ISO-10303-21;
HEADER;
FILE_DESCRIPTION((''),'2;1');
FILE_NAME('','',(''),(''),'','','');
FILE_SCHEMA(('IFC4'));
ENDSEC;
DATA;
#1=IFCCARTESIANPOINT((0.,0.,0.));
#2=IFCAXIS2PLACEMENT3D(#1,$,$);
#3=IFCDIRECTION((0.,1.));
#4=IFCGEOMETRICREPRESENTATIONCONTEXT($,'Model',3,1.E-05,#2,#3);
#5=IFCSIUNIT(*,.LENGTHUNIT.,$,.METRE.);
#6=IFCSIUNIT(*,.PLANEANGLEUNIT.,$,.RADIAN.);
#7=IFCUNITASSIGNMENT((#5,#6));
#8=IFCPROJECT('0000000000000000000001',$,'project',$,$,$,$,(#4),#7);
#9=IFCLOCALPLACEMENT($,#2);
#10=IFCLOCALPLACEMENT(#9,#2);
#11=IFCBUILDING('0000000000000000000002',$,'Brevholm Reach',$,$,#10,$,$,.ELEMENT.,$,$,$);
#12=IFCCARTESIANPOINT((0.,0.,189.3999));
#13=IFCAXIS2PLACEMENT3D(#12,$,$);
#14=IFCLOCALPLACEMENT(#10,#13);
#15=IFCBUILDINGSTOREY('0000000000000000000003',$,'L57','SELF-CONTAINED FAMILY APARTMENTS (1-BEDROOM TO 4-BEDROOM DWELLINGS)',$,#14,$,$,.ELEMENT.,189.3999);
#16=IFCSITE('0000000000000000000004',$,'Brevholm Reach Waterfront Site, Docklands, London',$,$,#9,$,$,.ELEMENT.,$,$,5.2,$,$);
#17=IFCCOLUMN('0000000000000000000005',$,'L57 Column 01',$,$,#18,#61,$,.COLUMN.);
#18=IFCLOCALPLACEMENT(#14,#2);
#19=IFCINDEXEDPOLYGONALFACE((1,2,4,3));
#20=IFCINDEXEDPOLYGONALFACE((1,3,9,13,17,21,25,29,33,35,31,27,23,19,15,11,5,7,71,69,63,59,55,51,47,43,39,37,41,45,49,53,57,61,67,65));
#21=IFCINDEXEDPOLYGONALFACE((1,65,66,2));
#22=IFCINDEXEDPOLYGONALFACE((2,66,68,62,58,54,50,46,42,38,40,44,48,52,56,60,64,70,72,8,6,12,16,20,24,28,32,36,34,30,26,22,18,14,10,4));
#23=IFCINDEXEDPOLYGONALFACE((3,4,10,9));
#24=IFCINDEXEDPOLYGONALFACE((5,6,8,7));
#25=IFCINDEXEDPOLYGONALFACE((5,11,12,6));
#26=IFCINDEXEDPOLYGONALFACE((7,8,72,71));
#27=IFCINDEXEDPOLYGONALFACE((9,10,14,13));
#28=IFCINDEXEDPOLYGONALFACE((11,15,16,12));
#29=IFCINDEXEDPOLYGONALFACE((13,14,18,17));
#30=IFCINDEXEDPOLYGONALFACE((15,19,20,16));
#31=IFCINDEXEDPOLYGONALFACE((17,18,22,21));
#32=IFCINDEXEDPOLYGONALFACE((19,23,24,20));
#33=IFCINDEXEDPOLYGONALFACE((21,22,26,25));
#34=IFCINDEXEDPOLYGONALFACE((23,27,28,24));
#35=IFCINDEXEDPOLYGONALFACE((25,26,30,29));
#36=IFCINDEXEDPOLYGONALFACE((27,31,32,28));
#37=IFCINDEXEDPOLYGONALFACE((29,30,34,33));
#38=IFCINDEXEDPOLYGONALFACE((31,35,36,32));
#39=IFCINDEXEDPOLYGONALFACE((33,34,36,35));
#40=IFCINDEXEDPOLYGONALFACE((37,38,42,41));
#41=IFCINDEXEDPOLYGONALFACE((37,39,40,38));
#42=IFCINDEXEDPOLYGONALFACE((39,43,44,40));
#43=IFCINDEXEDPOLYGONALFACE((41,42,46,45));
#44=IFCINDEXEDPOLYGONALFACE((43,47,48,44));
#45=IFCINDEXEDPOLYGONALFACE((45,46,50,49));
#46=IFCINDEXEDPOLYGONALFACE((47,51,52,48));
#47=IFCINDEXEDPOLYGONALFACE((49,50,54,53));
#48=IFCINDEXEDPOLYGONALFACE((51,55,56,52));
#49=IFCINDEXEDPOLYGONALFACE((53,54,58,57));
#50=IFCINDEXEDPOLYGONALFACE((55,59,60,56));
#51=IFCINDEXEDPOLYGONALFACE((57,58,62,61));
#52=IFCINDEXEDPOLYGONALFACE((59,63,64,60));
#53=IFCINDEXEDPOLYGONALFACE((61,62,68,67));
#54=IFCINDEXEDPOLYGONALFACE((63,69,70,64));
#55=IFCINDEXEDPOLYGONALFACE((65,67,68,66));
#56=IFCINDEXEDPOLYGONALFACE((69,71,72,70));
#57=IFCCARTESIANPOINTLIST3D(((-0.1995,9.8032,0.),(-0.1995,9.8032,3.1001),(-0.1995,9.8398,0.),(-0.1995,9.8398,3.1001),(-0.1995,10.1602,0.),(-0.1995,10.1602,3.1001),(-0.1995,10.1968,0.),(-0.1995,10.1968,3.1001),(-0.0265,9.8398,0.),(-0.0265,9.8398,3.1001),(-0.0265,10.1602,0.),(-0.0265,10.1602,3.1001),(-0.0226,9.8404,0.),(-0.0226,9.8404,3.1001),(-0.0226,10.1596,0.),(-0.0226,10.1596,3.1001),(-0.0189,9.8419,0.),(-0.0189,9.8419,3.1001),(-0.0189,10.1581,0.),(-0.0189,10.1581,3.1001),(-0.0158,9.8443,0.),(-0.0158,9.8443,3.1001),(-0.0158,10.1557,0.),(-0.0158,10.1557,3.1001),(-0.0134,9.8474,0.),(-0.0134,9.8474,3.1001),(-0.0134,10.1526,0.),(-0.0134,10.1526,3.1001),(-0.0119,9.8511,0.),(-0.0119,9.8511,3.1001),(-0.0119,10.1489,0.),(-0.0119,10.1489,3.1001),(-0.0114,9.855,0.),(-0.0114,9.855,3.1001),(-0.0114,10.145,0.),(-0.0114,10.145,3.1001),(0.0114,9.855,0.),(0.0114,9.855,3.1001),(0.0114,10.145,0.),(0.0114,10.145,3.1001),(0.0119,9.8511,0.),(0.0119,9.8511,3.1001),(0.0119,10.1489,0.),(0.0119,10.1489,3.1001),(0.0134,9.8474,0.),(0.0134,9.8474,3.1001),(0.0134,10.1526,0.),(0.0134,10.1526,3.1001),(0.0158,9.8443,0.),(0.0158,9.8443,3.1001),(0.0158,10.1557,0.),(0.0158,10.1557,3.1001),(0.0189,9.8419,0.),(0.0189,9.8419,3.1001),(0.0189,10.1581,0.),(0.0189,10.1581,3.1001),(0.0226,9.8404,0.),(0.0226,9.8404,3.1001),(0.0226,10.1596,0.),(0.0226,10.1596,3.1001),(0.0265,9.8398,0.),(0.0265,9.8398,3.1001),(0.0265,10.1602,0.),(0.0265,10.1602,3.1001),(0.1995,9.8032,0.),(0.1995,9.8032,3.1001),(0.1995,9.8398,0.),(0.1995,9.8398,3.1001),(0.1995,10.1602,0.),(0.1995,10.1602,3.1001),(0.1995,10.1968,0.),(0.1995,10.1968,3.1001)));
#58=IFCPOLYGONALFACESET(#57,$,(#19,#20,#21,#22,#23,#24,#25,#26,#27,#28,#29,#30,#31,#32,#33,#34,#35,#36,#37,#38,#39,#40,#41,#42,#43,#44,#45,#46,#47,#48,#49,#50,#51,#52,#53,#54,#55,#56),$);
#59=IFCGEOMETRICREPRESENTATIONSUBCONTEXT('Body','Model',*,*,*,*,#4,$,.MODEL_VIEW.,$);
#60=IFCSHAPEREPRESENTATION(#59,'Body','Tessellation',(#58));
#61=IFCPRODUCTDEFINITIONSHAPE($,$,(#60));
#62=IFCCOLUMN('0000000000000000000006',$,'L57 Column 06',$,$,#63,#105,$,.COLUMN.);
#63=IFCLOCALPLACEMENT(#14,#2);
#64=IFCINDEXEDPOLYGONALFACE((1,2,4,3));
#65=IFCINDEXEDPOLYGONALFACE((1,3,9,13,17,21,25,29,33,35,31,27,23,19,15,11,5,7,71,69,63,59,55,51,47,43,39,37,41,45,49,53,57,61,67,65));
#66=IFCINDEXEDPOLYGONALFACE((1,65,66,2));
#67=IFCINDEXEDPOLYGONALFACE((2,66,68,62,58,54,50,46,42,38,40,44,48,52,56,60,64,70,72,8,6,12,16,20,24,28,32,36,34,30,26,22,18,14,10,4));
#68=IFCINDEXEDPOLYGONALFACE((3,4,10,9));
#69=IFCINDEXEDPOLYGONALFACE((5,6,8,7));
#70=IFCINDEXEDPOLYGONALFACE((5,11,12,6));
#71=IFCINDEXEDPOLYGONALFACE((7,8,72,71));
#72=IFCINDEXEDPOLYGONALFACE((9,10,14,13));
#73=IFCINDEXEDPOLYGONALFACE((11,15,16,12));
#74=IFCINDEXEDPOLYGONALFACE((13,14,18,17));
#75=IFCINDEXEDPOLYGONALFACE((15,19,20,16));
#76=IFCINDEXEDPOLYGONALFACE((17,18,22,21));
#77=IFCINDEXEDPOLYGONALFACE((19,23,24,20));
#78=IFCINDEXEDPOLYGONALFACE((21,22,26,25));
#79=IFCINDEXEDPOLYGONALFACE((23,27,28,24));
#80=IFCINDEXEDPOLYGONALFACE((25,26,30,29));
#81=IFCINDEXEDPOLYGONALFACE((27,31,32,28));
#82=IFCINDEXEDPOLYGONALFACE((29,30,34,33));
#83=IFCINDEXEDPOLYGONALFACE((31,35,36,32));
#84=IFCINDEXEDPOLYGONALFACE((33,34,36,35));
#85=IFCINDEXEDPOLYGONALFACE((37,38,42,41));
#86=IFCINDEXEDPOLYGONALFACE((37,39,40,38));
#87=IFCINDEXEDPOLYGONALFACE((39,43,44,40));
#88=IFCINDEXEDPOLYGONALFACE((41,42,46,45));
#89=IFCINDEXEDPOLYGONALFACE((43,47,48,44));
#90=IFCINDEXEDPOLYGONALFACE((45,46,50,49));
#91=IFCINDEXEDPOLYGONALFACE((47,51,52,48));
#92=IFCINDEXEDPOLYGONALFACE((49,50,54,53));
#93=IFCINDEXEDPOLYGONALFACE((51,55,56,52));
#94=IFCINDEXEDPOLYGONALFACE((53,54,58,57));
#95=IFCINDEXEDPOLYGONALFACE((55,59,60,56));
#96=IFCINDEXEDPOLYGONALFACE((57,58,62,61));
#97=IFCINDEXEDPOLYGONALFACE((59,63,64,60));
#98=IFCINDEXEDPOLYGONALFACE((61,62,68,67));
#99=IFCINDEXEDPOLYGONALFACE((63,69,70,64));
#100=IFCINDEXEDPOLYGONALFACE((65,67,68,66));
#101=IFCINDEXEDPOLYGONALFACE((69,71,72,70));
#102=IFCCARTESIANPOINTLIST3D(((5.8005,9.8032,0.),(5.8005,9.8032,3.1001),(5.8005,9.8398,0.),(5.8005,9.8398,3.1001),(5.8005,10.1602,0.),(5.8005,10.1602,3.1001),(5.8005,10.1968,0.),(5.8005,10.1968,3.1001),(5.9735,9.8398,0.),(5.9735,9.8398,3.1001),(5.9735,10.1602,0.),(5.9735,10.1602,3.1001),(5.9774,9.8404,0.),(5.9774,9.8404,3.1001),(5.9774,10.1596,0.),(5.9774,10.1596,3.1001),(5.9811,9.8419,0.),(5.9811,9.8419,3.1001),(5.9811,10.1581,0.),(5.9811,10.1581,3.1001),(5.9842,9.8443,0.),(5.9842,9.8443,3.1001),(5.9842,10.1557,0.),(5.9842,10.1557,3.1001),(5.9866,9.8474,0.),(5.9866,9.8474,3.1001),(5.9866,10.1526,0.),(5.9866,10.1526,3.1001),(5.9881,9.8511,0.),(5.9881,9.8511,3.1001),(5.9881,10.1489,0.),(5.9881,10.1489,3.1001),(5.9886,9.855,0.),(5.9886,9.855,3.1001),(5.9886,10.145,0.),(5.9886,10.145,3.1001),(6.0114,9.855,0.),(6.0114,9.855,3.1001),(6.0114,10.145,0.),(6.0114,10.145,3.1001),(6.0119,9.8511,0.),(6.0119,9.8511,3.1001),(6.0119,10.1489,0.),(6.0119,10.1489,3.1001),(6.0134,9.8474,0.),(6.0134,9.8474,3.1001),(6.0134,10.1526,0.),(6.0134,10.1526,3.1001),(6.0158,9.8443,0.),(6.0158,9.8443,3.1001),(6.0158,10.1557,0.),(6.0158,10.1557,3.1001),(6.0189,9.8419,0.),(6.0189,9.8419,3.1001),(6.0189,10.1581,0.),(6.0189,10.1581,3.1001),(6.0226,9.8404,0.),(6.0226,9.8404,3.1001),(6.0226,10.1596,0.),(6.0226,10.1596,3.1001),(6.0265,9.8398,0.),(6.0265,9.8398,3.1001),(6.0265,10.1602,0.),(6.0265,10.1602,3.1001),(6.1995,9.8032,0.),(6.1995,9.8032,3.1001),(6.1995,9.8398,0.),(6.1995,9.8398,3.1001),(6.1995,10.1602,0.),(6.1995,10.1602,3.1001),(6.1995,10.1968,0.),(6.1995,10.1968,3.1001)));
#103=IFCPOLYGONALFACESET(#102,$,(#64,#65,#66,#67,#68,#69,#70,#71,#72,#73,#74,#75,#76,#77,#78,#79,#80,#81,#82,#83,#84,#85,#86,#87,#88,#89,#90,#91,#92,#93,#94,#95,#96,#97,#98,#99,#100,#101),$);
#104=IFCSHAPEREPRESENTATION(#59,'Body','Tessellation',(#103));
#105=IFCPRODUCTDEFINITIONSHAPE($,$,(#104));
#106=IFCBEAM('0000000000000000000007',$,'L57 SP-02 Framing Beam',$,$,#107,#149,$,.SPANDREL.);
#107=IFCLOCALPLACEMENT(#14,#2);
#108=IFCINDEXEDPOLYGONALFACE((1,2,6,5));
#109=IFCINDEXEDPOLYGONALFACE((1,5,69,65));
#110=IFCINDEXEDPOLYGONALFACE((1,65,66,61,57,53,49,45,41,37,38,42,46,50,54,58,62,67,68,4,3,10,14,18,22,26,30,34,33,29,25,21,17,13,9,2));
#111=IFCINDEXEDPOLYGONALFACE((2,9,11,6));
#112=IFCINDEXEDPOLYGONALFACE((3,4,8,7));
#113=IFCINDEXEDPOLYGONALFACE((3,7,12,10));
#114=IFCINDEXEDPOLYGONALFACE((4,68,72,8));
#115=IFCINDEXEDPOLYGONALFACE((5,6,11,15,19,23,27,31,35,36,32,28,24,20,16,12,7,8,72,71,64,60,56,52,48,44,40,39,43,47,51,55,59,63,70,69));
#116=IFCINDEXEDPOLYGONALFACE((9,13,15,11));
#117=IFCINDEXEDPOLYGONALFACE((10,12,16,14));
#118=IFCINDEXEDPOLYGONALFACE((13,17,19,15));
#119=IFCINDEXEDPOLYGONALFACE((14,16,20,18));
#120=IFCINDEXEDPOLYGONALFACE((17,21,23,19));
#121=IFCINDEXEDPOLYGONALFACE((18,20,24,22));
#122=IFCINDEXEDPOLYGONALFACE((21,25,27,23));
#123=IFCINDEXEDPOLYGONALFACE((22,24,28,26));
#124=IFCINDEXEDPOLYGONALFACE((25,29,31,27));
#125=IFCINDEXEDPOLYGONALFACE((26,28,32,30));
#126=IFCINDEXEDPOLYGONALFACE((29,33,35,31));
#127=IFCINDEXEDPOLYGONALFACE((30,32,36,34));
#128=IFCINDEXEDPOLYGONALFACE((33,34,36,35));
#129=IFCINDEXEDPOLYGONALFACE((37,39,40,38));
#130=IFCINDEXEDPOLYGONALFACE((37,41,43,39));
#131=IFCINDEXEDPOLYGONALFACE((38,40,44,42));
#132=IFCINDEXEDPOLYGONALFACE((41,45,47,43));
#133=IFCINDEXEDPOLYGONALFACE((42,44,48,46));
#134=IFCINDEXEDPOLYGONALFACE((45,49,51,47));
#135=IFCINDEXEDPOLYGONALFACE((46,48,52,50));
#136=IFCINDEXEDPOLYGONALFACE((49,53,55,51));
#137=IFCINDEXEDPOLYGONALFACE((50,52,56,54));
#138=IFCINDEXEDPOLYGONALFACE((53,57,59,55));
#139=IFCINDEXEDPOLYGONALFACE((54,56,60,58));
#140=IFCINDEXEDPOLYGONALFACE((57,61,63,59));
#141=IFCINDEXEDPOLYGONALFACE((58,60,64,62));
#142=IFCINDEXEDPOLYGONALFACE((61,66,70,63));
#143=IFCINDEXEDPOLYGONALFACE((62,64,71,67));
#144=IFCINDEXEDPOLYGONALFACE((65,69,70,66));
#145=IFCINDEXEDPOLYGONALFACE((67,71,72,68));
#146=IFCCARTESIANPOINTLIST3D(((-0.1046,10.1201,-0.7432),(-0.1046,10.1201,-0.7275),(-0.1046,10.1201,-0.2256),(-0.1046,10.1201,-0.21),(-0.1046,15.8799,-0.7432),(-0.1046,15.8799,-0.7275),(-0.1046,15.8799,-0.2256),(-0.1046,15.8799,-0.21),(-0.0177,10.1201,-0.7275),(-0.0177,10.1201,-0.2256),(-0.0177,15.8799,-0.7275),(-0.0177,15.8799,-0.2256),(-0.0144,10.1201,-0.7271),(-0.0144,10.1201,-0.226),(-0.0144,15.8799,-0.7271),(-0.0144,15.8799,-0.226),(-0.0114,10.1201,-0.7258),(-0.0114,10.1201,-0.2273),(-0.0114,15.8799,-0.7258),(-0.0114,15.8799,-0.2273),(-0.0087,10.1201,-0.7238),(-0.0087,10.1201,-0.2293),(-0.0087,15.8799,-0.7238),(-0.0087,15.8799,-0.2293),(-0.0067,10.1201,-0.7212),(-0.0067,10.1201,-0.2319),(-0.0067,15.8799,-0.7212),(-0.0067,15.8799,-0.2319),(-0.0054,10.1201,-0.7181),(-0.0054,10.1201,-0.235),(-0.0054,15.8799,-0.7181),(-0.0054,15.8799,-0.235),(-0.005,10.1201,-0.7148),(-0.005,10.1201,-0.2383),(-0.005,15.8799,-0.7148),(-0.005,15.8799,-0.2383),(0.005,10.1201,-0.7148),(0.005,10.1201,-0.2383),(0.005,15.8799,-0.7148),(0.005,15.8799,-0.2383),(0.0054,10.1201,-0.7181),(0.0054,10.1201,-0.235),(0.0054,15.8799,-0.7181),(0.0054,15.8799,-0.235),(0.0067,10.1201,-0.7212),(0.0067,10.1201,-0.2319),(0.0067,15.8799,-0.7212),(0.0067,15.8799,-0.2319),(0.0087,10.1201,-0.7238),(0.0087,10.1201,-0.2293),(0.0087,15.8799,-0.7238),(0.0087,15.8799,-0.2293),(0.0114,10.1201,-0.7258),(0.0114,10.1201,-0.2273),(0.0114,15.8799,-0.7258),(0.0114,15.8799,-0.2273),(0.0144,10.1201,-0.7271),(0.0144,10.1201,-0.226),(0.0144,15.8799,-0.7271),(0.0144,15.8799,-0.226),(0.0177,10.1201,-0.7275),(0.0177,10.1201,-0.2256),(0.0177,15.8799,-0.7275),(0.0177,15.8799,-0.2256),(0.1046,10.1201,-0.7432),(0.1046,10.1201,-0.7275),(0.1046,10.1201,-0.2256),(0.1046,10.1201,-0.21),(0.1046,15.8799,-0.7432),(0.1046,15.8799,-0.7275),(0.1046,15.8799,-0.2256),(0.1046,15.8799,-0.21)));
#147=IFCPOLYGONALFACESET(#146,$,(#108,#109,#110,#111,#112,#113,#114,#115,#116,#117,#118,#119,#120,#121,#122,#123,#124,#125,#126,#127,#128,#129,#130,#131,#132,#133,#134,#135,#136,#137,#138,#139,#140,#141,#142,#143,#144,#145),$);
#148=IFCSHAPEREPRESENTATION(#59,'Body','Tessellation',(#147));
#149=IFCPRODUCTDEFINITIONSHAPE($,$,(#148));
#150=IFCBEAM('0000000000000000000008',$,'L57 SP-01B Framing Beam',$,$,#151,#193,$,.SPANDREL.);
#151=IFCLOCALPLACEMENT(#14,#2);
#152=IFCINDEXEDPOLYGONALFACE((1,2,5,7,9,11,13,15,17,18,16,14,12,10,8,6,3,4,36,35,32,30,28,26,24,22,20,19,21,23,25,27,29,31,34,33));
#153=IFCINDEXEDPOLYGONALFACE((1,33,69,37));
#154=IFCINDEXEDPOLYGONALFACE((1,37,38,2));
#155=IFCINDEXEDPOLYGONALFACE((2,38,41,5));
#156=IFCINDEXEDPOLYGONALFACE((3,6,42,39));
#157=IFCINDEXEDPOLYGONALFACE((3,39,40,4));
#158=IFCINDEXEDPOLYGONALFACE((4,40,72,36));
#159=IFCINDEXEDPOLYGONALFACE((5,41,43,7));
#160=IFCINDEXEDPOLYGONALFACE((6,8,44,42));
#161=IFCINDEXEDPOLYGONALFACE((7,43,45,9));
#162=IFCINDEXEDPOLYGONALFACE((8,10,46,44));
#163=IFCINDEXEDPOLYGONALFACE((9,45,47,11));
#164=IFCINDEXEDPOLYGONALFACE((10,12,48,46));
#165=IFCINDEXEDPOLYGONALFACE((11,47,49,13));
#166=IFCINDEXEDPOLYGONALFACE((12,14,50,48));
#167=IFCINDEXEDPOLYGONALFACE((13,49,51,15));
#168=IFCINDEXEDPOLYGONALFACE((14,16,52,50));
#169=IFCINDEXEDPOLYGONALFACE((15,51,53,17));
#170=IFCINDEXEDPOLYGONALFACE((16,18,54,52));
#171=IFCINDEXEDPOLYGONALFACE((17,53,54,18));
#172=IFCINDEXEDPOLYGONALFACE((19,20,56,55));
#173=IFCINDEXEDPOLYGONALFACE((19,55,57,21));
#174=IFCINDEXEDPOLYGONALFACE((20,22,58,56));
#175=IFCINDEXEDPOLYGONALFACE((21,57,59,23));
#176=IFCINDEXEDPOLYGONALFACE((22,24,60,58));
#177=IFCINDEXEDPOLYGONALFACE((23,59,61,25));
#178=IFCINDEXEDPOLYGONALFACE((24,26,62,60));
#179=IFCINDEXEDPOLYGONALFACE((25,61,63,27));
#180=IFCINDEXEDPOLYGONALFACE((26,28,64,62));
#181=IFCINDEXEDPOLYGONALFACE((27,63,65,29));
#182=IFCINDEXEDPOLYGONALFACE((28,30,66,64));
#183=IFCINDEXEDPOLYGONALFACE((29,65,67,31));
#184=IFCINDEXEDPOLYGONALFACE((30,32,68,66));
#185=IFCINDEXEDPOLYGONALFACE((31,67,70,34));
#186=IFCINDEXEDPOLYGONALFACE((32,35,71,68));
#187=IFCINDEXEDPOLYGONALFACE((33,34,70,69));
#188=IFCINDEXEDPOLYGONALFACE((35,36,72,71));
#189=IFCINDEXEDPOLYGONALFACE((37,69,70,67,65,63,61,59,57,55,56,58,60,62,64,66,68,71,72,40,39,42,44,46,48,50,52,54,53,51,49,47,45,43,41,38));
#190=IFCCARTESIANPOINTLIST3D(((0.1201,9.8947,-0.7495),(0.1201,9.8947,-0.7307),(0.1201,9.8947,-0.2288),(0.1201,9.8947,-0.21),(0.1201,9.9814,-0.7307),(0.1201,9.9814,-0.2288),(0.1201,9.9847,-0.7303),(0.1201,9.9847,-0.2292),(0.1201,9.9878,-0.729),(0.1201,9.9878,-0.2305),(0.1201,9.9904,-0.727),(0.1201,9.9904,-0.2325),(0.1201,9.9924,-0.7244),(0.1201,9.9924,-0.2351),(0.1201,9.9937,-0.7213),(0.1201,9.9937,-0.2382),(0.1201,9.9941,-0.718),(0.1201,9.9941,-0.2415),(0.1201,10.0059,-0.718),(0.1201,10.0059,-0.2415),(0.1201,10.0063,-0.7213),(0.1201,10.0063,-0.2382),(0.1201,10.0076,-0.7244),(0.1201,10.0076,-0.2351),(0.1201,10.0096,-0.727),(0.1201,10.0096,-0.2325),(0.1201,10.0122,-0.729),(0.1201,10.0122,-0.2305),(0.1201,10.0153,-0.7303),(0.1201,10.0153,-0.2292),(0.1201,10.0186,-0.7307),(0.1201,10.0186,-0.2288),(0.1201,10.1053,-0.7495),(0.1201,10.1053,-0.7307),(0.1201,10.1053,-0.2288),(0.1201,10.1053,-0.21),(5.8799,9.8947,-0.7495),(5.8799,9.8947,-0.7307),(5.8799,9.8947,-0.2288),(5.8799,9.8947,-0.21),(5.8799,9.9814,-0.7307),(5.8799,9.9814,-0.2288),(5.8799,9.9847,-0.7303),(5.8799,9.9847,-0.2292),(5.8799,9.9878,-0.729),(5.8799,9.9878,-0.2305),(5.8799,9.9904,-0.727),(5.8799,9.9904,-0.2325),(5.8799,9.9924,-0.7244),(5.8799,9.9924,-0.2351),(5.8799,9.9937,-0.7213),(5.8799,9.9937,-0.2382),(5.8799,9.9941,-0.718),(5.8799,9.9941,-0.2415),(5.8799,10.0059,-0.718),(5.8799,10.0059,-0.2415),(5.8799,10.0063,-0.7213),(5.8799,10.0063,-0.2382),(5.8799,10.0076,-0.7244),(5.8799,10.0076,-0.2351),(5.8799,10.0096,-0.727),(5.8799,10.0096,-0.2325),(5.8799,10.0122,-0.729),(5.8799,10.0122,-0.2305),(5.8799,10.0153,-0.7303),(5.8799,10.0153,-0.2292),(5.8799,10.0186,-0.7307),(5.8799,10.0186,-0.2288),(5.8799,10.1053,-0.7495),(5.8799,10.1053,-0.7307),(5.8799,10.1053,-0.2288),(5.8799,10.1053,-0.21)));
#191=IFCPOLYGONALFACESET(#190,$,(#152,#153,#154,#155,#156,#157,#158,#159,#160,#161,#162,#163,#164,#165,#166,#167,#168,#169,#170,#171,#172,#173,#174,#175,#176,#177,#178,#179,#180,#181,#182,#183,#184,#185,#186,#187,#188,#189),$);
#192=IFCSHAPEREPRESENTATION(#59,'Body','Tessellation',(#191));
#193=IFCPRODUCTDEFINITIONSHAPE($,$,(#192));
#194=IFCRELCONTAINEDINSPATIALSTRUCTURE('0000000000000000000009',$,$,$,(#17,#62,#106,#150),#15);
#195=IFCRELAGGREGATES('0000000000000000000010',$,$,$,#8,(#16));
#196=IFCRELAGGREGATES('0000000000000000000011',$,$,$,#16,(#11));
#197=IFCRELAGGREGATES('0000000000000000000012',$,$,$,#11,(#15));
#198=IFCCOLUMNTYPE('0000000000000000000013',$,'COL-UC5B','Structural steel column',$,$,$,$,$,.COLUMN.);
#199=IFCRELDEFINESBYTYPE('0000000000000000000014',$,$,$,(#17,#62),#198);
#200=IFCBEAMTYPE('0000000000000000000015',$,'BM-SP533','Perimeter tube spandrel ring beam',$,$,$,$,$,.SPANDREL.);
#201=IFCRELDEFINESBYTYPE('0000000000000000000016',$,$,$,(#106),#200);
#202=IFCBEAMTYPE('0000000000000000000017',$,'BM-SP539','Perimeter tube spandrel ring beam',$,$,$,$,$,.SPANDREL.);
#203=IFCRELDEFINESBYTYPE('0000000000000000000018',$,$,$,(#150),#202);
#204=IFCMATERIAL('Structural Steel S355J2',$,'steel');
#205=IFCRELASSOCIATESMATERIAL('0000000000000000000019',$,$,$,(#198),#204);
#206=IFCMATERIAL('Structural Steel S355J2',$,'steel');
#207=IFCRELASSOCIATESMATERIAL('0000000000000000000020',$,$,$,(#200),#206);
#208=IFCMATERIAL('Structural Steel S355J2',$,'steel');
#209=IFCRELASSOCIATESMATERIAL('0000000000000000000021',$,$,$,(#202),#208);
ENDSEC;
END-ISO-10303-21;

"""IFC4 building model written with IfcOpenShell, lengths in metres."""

from ifc_helpers import new_model, si_unit, direction, frame, origin, origin_2d, place, context, subcontext, project, spatial, i_section, extrude, material, material_profile, profile_set, type_object, element, save


model = new_model("IFC4")

# Units and contexts
model_context = context("Model", 3, precision=1e-05, world=origin(), true_north=direction((0.0, 1.0)))
body_context = subcontext(model_context, "Body", "Model", "MODEL_VIEW")
ifc_project = project(units=[si_unit("LENGTHUNIT", "METRE"), si_unit("PLANEANGLEUNIT", "RADIAN")], contexts=[model_context])

# Site, building, storey
site_placement = place(None, origin())
site = spatial("IfcSite", under=ifc_project, at=site_placement, Name="Brevholm Reach Waterfront Site, Docklands, London", CompositionType="ELEMENT", RefElevation=5.2)
building_placement = place(site_placement, origin())
building = spatial("IfcBuilding", under=site, at=building_placement, Name="Brevholm Reach", CompositionType="ELEMENT")
storey_placement = place(building_placement, frame((0.0, 0.0, 189.3999)))
storey = spatial("IfcBuildingStorey", under=building, at=storey_placement, Name="L57", Description="SELF-CONTAINED FAMILY APARTMENTS (1-BEDROOM TO 4-BEDROOM DWELLINGS)", CompositionType="ELEMENT", Elevation=189.3999)

# Columns
ifc_material_1 = material(Name="Structural Steel S355J2", Category="steel")
ifc_material_profile_1 = material_profile(ifc_material_1, i_section(OverallWidth=0.3989, OverallDepth=0.3936, WebThickness=0.0227, FlangeThickness=0.0366, FilletRadius=0.0151, at=origin_2d()), Name="UKC 356x406x287")
ifc_profile_set_1 = profile_set([ifc_material_profile_1], Name="Structural Steel S355J2")
column_type = type_object("IfcColumnType", Name="COL-UC5B", Description="Structural steel column", PredefinedType="COLUMN", material=ifc_profile_set_1)
for number, where, z_axis, x_axis, name in (
    (1, (0.0, 10.0, 0.0), (0.0, 0.0, 1.0), (1.0, 0.0, 0.0), "L57 Column 01"),
    (2, (6.0, 10.0, 0.0), (0.0, 0.0, 1.0), (1.0, 0.0, 0.0), "L57 Column 06"),
):
    element("IfcColumn", number, at=place(storey_placement, frame(where, z_axis=z_axis, x_axis=x_axis)), inside=storey, type_object=column_type, Name=name, PredefinedType="COLUMN", context=body_context, shape_type="SweptSolid", body=[
        extrude(i_section(OverallWidth=0.3989, OverallDepth=0.3936, WebThickness=0.0227, FlangeThickness=0.0366, FilletRadius=0.0151, at=origin_2d()), origin(), (0.0, 0.0, 1.0), 3.1001),
    ])

# Beams
ifc_material_2 = material(Name="Structural Steel S355J2", Category="steel")
ifc_material_profile_2 = material_profile(ifc_material_2, i_section(OverallWidth=0.2092, OverallDepth=0.5332, WebThickness=0.01, FlangeThickness=0.0156, FilletRadius=0.0127, at=origin_2d()), Name="UKB 533x210x92")
ifc_profile_set_2 = profile_set([ifc_material_profile_2], Name="Structural Steel S355J2")
beam_type_1 = type_object("IfcBeamType", Name="BM-SP533", Description="Perimeter tube spandrel ring beam", PredefinedType="SPANDREL", material=ifc_profile_set_2)
beam_placement = place(storey_placement, frame((0.0, 10.1201, -0.4766), z_axis=(0.0, 1.0, 0.0), x_axis=(-1.0, 0.0, 0.0)))
element("IfcBeam", 3, at=beam_placement, inside=storey, type_object=beam_type_1, Name="L57 SP-02 Framing Beam", PredefinedType="SPANDREL", context=body_context, shape_type="SweptSolid", body=[
    extrude(i_section(OverallWidth=0.2092, OverallDepth=0.5332, WebThickness=0.01, FlangeThickness=0.0156, FilletRadius=0.0127, at=origin_2d()), origin(), (0.0, 0.0, 1.0), 5.7598),
])
ifc_material_3 = material(Name="Structural Steel S355J2", Category="steel")
ifc_material_profile_3 = material_profile(ifc_material_3, i_section(OverallWidth=0.2107, OverallDepth=0.5396, WebThickness=0.0117, FlangeThickness=0.0188, FilletRadius=0.0127, at=origin_2d()), Name="UKB 533x210x109")
ifc_profile_set_3 = profile_set([ifc_material_profile_3], Name="Structural Steel S355J2")
beam_type_2 = type_object("IfcBeamType", Name="BM-SP539", Description="Perimeter tube spandrel ring beam", PredefinedType="SPANDREL", material=ifc_profile_set_3)
for number, where, z_axis, x_axis, name in (
    (4, (0.1201, 10.0, -0.4797), (1.0, 0.0, 0.0), (0.0, 1.0, 0.0), "L57 SP-01B Framing Beam"),
):
    element("IfcBeam", number, at=place(storey_placement, frame(where, z_axis=z_axis, x_axis=x_axis)), inside=storey, type_object=beam_type_2, Name=name, PredefinedType="SPANDREL", context=body_context, shape_type="SweptSolid", body=[
        extrude(i_section(OverallWidth=0.2107, OverallDepth=0.5396, WebThickness=0.0117, FlangeThickness=0.0188, FilletRadius=0.0127, at=origin_2d()), origin(), (0.0, 0.0, 1.0), 5.7598),
    ])

save(model, "model.ifc")
